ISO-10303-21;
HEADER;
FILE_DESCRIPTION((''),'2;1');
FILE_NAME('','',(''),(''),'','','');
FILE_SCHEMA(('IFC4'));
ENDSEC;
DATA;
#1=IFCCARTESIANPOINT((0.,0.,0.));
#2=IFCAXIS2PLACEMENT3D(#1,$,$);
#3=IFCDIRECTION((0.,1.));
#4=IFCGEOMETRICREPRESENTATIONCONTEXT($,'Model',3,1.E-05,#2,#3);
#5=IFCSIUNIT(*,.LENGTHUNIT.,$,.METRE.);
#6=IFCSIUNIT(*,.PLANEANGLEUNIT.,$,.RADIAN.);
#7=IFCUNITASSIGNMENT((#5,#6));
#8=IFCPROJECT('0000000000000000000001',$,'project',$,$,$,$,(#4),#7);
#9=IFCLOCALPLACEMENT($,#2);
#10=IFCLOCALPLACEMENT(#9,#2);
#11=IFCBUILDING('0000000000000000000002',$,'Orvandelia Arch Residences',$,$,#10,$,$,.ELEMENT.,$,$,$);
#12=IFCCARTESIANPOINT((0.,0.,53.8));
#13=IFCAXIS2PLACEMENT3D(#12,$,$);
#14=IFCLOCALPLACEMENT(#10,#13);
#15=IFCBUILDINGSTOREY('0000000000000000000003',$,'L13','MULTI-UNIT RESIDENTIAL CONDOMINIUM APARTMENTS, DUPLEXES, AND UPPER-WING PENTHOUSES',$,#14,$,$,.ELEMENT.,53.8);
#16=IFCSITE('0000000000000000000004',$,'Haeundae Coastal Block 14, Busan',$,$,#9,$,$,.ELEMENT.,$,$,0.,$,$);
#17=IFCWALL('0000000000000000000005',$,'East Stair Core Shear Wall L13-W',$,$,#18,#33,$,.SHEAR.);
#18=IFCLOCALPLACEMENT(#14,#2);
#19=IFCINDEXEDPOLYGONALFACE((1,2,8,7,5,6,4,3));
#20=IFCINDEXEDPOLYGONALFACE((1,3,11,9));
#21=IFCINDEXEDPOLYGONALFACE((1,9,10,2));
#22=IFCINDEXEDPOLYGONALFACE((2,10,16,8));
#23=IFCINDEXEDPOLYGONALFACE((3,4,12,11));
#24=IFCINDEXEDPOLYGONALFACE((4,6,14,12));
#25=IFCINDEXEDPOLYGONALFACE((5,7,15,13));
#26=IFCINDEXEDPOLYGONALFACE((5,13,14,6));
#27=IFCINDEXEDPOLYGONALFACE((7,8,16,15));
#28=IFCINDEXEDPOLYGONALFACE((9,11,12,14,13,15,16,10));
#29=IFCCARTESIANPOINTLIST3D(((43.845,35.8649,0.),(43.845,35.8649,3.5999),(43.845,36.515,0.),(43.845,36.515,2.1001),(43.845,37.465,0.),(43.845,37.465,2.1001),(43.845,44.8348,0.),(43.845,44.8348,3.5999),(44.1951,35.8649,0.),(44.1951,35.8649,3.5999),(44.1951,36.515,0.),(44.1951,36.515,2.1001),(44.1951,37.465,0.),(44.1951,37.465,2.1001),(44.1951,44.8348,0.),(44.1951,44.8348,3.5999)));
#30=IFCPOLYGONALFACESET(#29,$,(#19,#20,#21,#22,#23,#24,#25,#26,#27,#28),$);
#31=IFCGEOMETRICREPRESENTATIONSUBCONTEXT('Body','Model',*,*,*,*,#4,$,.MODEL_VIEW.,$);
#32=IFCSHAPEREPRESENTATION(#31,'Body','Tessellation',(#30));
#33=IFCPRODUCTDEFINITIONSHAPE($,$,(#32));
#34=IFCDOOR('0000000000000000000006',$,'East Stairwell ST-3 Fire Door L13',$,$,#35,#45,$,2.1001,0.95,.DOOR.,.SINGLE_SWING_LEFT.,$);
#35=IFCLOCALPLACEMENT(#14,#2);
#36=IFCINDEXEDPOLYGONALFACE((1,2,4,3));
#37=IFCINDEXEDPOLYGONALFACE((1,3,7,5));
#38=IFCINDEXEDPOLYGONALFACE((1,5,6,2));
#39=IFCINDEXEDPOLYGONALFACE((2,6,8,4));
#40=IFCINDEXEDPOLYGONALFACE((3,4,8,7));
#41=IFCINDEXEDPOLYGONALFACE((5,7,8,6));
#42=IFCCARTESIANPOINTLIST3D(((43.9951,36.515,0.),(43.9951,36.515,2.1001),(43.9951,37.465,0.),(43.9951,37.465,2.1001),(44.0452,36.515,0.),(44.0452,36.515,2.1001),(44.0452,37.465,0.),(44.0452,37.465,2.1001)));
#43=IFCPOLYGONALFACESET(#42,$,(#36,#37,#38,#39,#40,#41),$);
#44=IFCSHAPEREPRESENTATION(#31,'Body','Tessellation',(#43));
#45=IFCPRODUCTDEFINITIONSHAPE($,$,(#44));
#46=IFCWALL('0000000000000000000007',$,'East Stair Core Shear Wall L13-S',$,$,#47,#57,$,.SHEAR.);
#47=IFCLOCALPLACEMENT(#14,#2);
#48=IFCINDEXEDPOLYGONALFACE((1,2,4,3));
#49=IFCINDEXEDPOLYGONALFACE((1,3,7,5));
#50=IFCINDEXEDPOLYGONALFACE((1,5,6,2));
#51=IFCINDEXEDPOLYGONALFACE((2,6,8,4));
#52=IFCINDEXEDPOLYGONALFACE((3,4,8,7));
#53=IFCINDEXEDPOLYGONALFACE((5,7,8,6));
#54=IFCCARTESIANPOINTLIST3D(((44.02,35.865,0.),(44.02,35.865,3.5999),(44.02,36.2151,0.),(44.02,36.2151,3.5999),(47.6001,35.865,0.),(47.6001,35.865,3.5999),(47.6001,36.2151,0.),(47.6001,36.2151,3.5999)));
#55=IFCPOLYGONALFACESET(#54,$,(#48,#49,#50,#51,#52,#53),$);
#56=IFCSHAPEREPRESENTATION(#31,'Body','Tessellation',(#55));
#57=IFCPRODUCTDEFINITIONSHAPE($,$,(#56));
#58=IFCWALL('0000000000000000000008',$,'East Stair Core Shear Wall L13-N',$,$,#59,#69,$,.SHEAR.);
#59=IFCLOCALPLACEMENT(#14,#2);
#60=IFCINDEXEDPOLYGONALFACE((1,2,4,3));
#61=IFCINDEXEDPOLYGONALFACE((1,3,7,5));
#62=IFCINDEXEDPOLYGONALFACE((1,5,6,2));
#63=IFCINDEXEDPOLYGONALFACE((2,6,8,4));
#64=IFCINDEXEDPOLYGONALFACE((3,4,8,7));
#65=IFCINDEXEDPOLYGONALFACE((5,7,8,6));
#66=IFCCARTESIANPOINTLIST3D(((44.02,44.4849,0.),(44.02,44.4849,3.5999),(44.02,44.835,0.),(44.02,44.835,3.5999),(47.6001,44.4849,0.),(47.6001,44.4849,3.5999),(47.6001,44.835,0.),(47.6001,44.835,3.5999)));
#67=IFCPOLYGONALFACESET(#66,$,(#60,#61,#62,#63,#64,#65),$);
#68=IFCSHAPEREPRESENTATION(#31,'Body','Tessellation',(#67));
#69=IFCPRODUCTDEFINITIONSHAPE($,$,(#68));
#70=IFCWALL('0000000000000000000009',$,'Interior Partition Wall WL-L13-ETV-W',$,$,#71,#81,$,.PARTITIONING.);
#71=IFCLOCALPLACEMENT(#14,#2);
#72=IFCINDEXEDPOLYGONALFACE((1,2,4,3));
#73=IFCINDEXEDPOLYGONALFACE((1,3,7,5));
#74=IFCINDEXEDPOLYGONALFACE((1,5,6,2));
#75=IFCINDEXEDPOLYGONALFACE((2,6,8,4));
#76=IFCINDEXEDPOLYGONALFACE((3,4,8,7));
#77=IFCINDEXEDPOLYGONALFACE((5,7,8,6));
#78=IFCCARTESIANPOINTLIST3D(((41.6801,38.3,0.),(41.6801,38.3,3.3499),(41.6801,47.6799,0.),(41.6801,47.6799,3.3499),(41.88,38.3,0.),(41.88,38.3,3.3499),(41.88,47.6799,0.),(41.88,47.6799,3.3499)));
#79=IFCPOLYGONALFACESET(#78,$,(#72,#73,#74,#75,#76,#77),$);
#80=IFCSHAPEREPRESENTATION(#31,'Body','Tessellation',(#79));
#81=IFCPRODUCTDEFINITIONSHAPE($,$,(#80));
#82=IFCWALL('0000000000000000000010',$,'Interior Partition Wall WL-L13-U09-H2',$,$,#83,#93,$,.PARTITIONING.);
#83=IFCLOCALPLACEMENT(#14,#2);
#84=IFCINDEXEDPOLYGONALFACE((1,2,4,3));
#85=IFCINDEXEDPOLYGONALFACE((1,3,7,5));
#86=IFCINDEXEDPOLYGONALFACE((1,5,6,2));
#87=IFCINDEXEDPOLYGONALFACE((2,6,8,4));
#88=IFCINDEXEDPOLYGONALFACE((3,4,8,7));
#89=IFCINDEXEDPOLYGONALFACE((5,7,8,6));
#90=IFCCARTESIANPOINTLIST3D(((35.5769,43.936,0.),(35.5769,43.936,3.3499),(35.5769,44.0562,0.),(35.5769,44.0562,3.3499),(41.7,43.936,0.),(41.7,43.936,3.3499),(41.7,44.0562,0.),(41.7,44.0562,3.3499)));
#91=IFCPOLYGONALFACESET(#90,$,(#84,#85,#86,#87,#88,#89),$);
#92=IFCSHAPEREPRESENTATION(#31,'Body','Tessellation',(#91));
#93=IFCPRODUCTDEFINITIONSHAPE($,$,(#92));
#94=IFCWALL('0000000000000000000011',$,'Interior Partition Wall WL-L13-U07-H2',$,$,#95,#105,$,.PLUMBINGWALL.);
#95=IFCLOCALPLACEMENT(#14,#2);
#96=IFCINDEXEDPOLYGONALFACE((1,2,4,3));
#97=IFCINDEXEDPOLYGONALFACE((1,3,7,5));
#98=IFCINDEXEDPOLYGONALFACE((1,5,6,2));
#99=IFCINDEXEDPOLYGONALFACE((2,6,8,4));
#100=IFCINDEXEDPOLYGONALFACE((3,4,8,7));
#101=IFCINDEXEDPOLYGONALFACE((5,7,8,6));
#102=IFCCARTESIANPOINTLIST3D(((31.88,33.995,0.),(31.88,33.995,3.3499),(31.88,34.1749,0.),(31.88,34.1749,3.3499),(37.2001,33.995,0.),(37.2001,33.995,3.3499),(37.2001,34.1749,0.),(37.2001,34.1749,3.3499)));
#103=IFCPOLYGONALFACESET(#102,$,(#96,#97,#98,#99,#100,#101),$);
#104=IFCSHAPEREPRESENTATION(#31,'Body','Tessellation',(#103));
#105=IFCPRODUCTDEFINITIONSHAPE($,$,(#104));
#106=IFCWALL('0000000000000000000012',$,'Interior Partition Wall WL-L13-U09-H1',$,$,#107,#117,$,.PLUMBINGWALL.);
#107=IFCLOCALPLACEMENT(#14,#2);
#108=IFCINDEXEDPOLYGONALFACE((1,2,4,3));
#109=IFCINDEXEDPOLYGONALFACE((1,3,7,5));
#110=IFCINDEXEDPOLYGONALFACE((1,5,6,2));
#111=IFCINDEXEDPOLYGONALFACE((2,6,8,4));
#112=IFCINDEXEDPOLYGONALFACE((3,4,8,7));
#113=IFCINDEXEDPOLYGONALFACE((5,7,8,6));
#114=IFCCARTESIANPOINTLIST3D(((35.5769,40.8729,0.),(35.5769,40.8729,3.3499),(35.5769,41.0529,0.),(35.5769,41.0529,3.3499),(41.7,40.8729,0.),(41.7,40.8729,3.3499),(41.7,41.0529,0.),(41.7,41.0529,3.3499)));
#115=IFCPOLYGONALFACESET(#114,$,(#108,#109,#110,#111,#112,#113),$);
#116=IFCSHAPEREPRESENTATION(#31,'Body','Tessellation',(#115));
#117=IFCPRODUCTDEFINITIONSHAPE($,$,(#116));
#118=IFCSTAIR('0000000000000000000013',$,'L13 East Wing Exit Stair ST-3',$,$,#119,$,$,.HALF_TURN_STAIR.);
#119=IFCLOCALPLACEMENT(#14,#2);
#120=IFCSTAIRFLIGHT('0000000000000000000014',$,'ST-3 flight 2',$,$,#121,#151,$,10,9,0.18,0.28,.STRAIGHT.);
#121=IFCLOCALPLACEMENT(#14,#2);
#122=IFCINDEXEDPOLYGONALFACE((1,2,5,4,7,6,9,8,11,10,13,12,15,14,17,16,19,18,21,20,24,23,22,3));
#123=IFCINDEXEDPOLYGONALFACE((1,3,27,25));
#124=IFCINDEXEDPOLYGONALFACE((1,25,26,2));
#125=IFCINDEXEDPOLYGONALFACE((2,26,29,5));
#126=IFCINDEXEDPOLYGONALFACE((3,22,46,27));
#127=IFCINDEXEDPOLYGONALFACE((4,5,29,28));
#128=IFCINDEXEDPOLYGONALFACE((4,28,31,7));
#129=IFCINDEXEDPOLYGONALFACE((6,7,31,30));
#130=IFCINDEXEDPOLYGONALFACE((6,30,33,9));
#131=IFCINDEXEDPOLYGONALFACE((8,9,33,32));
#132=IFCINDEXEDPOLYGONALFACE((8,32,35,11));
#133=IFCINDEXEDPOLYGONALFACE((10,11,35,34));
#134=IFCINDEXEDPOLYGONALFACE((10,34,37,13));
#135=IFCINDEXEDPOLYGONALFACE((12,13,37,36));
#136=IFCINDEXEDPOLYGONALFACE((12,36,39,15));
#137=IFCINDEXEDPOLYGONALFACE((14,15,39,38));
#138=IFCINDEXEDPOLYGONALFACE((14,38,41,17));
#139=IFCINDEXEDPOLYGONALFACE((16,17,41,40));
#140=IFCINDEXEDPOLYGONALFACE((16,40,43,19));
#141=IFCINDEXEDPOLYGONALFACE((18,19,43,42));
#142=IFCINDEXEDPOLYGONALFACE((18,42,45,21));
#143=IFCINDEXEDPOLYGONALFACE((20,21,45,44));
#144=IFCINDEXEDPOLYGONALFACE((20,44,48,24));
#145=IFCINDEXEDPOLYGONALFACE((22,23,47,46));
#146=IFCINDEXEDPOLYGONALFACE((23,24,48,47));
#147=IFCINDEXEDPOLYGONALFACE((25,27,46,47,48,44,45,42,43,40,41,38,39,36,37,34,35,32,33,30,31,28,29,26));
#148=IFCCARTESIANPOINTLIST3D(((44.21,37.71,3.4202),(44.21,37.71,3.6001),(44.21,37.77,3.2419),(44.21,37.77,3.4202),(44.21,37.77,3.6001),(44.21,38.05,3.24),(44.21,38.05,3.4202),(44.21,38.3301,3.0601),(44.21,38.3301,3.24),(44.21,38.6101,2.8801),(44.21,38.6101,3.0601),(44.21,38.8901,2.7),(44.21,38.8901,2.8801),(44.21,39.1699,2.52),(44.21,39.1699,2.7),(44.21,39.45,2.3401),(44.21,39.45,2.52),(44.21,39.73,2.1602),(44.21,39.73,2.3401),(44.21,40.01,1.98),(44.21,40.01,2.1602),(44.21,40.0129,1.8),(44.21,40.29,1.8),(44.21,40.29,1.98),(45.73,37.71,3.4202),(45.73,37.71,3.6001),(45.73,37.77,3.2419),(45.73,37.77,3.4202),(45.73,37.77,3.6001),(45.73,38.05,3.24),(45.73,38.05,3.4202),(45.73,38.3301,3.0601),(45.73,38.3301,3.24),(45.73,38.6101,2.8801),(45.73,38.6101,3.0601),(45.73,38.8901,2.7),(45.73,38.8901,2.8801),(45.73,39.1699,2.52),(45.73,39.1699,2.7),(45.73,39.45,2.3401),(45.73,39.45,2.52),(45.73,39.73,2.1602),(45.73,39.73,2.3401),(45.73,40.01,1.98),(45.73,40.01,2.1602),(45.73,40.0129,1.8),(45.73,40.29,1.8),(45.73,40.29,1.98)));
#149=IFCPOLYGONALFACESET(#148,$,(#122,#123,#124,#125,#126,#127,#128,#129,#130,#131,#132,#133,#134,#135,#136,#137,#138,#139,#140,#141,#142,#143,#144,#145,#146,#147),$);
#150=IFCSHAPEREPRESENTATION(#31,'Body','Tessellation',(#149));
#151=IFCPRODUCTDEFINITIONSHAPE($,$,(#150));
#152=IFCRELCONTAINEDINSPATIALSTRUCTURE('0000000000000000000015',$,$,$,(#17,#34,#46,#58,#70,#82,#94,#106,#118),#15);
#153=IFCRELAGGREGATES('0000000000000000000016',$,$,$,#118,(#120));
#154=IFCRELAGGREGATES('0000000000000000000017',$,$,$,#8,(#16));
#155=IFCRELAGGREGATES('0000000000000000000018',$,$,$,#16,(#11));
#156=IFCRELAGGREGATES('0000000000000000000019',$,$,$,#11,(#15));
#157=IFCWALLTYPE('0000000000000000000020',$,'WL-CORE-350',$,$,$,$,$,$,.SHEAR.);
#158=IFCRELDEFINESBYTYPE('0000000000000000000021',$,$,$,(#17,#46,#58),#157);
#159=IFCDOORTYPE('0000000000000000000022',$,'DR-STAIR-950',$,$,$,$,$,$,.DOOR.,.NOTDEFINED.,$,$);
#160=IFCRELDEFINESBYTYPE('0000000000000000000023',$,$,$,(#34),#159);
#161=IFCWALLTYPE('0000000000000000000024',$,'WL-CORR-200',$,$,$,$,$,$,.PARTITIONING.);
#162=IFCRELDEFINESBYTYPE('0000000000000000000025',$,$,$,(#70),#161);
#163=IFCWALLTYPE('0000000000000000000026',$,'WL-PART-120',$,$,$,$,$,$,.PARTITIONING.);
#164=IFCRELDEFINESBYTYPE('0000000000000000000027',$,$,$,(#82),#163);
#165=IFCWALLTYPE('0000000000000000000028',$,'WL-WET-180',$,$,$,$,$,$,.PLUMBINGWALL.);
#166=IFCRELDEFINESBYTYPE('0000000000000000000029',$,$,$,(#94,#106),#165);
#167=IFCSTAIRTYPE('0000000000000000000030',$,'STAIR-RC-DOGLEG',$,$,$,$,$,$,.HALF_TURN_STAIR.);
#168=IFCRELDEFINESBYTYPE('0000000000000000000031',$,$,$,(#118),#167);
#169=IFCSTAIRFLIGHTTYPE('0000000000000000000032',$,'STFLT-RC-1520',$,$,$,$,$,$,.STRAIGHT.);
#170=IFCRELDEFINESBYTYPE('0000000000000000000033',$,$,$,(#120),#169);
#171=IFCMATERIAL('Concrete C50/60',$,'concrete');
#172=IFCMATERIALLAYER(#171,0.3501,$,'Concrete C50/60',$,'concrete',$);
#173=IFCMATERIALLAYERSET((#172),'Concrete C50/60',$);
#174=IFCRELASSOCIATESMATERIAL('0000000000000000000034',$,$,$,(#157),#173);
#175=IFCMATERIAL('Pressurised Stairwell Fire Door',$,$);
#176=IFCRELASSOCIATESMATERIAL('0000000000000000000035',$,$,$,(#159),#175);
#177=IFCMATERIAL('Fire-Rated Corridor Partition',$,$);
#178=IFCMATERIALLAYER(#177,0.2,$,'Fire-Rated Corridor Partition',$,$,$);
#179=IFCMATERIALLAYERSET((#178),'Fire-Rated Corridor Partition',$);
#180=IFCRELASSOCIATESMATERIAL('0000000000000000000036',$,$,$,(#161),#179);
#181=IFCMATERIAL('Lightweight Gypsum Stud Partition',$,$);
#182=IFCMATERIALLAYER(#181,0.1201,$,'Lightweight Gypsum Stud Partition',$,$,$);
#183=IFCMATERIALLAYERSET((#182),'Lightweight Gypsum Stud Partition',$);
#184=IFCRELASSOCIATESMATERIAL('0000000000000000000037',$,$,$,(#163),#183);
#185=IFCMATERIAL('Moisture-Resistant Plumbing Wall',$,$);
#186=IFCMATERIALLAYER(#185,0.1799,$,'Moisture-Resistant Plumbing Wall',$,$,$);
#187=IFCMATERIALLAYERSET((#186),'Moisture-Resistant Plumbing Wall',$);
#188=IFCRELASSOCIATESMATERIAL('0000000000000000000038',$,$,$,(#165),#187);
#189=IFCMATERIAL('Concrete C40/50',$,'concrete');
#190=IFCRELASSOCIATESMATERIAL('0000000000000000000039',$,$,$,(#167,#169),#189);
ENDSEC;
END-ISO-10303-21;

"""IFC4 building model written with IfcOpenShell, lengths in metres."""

from ifc_helpers import new_model, si_unit, direction, frame, frame_2d, origin, place, context, subcontext, project, spatial, polyline, rectangle, outline, extrude, material, layer, layer_set, type_object, element, fill, aggregate, save


model = new_model("IFC4")

# Units and contexts
model_context = context("Model", 3, precision=1e-05, world=origin(), true_north=direction((0.0, 1.0)))
body_context = subcontext(model_context, "Body", "Model", "MODEL_VIEW")
ifc_project = project(units=[si_unit("LENGTHUNIT", "METRE"), si_unit("PLANEANGLEUNIT", "RADIAN")], contexts=[model_context])

# Site, building, storey
site_placement = place(None, origin())
site = spatial("IfcSite", under=ifc_project, at=site_placement, Name="Haeundae Coastal Block 14, Busan", CompositionType="ELEMENT", RefElevation=0.0)
building_placement = place(site_placement, origin())
building = spatial("IfcBuilding", under=site, at=building_placement, Name="Orvandelia Arch Residences", CompositionType="ELEMENT")
storey_placement = place(building_placement, frame((0.0, 0.0, 53.8)))
storey = spatial("IfcBuildingStorey", under=building, at=storey_placement, Name="L13", Description="MULTI-UNIT RESIDENTIAL CONDOMINIUM APARTMENTS, DUPLEXES, AND UPPER-WING PENTHOUSES", CompositionType="ELEMENT", Elevation=53.8)

# Wall, opening, door
ifc_material_1 = material(Name="Concrete C50/60", Category="concrete")
ifc_layer_1 = layer(ifc_material_1, 0.3501, Name="Concrete C50/60", Category="concrete")
ifc_layer_set_1 = layer_set([ifc_layer_1], Name="Concrete C50/60")
wall_type_1 = type_object("IfcWallType", Name="WL-CORE-350", PredefinedType="SHEAR", material=ifc_layer_set_1)
wall_1_placement = place(storey_placement, frame((44.02, 35.865, 0.0), z_axis=(0.0, 0.0, 1.0), x_axis=(0.0, 1.0, 0.0)))
wall_1 = element("IfcWall", 1, at=wall_1_placement, inside=storey, type_object=wall_type_1, Name="East Stair Core Shear Wall L13-W", PredefinedType="SHEAR", context=body_context, shape_type="SweptSolid", body=[
    extrude(rectangle(XDim=8.97, YDim=0.3501, at=frame_2d((4.4849, 0.0))), origin(), (0.0, 0.0, 1.0), 3.5999),
])
opening_1_placement = place(wall_1_placement, frame((0.6499, 0.0, 0.0)))
opening_1 = element("IfcOpeningElement", 2, at=opening_1_placement, cuts=wall_1, PredefinedType="OPENING", context=body_context, shape_type="SweptSolid", body=[
    extrude(rectangle(XDim=0.95, YDim=2.1001, at=frame_2d((0.4751, 1.05))), frame((0.0, 0.1851, 0.0), z_axis=(0.0, -1.0, 0.0), x_axis=(1.0, 0.0, 0.0)), (0.0, 0.0, 1.0), 0.3701),
])
ifc_material_2 = material(Name="Pressurised Stairwell Fire Door")
door_type_1 = type_object("IfcDoorType", Name="DR-STAIR-950", OperationType="NOTDEFINED", PredefinedType="DOOR", material=ifc_material_2)
door_1_placement = place(opening_1_placement, origin())
door_1 = element("IfcDoor", 3, at=door_1_placement, inside=storey, type_object=door_type_1, Name="East Stairwell ST-3 Fire Door L13", OperationType="SINGLE_SWING_LEFT", OverallHeight=2.1001, OverallWidth=0.95, PredefinedType="DOOR", context=body_context, shape_type="SweptSolid", body=[
    extrude(rectangle(XDim=0.95, YDim=2.1001, at=frame_2d((0.4751, 1.05))), frame((0.0, 0.0249, 0.0), z_axis=(0.0, -1.0, 0.0), x_axis=(1.0, 0.0, 0.0)), (0.0, 0.0, 1.0), 0.05),
])
fill(opening_1, door_1)

# Walls
for number, where, z_axis, x_axis, name in (
    (4, (44.02, 36.04, 0.0), (0.0, 0.0, 1.0), (1.0, 0.0, 0.0), "East Stair Core Shear Wall L13-S"),
    (5, (44.02, 44.6599, 0.0), (0.0, 0.0, 1.0), (1.0, 0.0, 0.0), "East Stair Core Shear Wall L13-N"),
):
    element("IfcWall", number, at=place(storey_placement, frame(where, z_axis=z_axis, x_axis=x_axis)), inside=storey, type_object=wall_type_1, Name=name, PredefinedType="SHEAR", context=body_context, shape_type="SweptSolid", body=[
        extrude(rectangle(XDim=3.5801, YDim=0.3501, at=frame_2d((1.79, 0.0))), origin(), (0.0, 0.0, 1.0), 3.5999),
    ])
ifc_material_3 = material(Name="Fire-Rated Corridor Partition")
ifc_layer_2 = layer(ifc_material_3, 0.2, Name="Fire-Rated Corridor Partition")
ifc_layer_set_2 = layer_set([ifc_layer_2], Name="Fire-Rated Corridor Partition")
wall_type_2 = type_object("IfcWallType", Name="WL-CORR-200", PredefinedType="PARTITIONING", material=ifc_layer_set_2)
wall_2_placement = place(storey_placement, frame((41.78, 38.3, 0.0), z_axis=(0.0, 0.0, 1.0), x_axis=(0.0, 1.0, 0.0)))
element("IfcWall", 6, at=wall_2_placement, inside=storey, type_object=wall_type_2, Name="Interior Partition Wall WL-L13-ETV-W", PredefinedType="PARTITIONING", context=body_context, shape_type="SweptSolid", body=[
    extrude(rectangle(XDim=9.3799, YDim=0.2, at=frame_2d((4.6899, 0.0))), origin(), (0.0, 0.0, 1.0), 3.3499),
])
ifc_material_4 = material(Name="Lightweight Gypsum Stud Partition")
ifc_layer_3 = layer(ifc_material_4, 0.1201, Name="Lightweight Gypsum Stud Partition")
ifc_layer_set_3 = layer_set([ifc_layer_3], Name="Lightweight Gypsum Stud Partition")
wall_type_3 = type_object("IfcWallType", Name="WL-PART-120", PredefinedType="PARTITIONING", material=ifc_layer_set_3)
wall_3_placement = place(storey_placement, frame((35.5769, 43.9961, 0.0), z_axis=(0.0, 0.0, 1.0), x_axis=(1.0, 0.0, 0.0)))
element("IfcWall", 7, at=wall_3_placement, inside=storey, type_object=wall_type_3, Name="Interior Partition Wall WL-L13-U09-H2", PredefinedType="PARTITIONING", context=body_context, shape_type="SweptSolid", body=[
    extrude(rectangle(XDim=6.123, YDim=0.1201, at=frame_2d((3.0615, 0.0))), origin(), (0.0, 0.0, 1.0), 3.3499),
])
ifc_material_5 = material(Name="Moisture-Resistant Plumbing Wall")
ifc_layer_4 = layer(ifc_material_5, 0.1799, Name="Moisture-Resistant Plumbing Wall")
ifc_layer_set_4 = layer_set([ifc_layer_4], Name="Moisture-Resistant Plumbing Wall")
wall_type_4 = type_object("IfcWallType", Name="WL-WET-180", PredefinedType="PLUMBINGWALL", material=ifc_layer_set_4)
wall_4_placement = place(storey_placement, frame((31.8799, 34.085, 0.0), z_axis=(0.0, 0.0, 1.0), x_axis=(1.0, 0.0, 0.0)))
element("IfcWall", 8, at=wall_4_placement, inside=storey, type_object=wall_type_4, Name="Interior Partition Wall WL-L13-U07-H2", PredefinedType="PLUMBINGWALL", context=body_context, shape_type="SweptSolid", body=[
    extrude(rectangle(XDim=5.3201, YDim=0.1799, at=frame_2d((2.6602, 0.0))), origin(), (0.0, 0.0, 1.0), 3.3499),
])

# Wall
wall_5_placement = place(storey_placement, frame((35.5769, 40.9629, 0.0), z_axis=(0.0, 0.0, 1.0), x_axis=(1.0, 0.0, 0.0)))
element("IfcWall", 9, at=wall_5_placement, inside=storey, type_object=wall_type_4, Name="Interior Partition Wall WL-L13-U09-H1", PredefinedType="PLUMBINGWALL", context=body_context, shape_type="SweptSolid", body=[
    extrude(rectangle(XDim=6.123, YDim=0.1799, at=frame_2d((3.0615, 0.0))), origin(), (0.0, 0.0, 1.0), 3.3499),
])

# Stair, stair flight
ifc_material_6 = material(Name="Concrete C40/50", Category="concrete")
stair_type = type_object("IfcStairType", Name="STAIR-RC-DOGLEG", PredefinedType="HALF_TURN_STAIR", material=ifc_material_6)
stair_placement = place(storey_placement, origin())
stair = element("IfcStair", 10, at=stair_placement, inside=storey, type_object=stair_type, Name="L13 East Wing Exit Stair ST-3", PredefinedType="HALF_TURN_STAIR")
stair_flight_type = type_object("IfcStairFlightType", Name="STFLT-RC-1520", PredefinedType="STRAIGHT", material=ifc_material_6)
stair_flight_placement = place(storey_placement, frame((44.97, 40.29, 1.8), z_axis=(0.0, 0.0, 1.0), x_axis=(0.0, -1.0, 0.0)))
stair_flight = element("IfcStairFlight", 11, at=stair_flight_placement, type_object=stair_flight_type, Name="ST-3 flight 2", NumberOfRisers=10, NumberOfTreads=9, PredefinedType="STRAIGHT", RiserHeight=0.18, TreadLength=0.28, context=body_context, shape_type="SweptSolid", body=[
    extrude(outline(polyline([(0.0, 0.0), (0.0, 0.1799), (0.28, 0.1799), (0.28, 0.3601), (0.5601, 0.3601), (0.5601, 0.54), (0.8401, 0.54), (0.8401, 0.72), (1.1201, 0.72), (1.1201, 0.8999), (1.3999, 0.8999), (1.3999, 1.0801), (1.6799, 1.0801), (1.6799, 1.26), (1.96, 1.26), (1.96, 1.4399), (2.24, 1.4399), (2.24, 1.6201), (2.52, 1.6201), (2.52, 1.8), (2.5801, 1.8), (2.5801, 1.6201), (2.52, 1.4419), (0.2771, 0.0), (0.0, 0.0)])), frame((0.0, 0.76, 0.0), z_axis=(0.0, -1.0, 0.0), x_axis=(1.0, 0.0, 0.0)), (0.0, 0.0, 1.0), 1.52),
])
aggregate(stair, [stair_flight])

save(model, "model.ifc")
